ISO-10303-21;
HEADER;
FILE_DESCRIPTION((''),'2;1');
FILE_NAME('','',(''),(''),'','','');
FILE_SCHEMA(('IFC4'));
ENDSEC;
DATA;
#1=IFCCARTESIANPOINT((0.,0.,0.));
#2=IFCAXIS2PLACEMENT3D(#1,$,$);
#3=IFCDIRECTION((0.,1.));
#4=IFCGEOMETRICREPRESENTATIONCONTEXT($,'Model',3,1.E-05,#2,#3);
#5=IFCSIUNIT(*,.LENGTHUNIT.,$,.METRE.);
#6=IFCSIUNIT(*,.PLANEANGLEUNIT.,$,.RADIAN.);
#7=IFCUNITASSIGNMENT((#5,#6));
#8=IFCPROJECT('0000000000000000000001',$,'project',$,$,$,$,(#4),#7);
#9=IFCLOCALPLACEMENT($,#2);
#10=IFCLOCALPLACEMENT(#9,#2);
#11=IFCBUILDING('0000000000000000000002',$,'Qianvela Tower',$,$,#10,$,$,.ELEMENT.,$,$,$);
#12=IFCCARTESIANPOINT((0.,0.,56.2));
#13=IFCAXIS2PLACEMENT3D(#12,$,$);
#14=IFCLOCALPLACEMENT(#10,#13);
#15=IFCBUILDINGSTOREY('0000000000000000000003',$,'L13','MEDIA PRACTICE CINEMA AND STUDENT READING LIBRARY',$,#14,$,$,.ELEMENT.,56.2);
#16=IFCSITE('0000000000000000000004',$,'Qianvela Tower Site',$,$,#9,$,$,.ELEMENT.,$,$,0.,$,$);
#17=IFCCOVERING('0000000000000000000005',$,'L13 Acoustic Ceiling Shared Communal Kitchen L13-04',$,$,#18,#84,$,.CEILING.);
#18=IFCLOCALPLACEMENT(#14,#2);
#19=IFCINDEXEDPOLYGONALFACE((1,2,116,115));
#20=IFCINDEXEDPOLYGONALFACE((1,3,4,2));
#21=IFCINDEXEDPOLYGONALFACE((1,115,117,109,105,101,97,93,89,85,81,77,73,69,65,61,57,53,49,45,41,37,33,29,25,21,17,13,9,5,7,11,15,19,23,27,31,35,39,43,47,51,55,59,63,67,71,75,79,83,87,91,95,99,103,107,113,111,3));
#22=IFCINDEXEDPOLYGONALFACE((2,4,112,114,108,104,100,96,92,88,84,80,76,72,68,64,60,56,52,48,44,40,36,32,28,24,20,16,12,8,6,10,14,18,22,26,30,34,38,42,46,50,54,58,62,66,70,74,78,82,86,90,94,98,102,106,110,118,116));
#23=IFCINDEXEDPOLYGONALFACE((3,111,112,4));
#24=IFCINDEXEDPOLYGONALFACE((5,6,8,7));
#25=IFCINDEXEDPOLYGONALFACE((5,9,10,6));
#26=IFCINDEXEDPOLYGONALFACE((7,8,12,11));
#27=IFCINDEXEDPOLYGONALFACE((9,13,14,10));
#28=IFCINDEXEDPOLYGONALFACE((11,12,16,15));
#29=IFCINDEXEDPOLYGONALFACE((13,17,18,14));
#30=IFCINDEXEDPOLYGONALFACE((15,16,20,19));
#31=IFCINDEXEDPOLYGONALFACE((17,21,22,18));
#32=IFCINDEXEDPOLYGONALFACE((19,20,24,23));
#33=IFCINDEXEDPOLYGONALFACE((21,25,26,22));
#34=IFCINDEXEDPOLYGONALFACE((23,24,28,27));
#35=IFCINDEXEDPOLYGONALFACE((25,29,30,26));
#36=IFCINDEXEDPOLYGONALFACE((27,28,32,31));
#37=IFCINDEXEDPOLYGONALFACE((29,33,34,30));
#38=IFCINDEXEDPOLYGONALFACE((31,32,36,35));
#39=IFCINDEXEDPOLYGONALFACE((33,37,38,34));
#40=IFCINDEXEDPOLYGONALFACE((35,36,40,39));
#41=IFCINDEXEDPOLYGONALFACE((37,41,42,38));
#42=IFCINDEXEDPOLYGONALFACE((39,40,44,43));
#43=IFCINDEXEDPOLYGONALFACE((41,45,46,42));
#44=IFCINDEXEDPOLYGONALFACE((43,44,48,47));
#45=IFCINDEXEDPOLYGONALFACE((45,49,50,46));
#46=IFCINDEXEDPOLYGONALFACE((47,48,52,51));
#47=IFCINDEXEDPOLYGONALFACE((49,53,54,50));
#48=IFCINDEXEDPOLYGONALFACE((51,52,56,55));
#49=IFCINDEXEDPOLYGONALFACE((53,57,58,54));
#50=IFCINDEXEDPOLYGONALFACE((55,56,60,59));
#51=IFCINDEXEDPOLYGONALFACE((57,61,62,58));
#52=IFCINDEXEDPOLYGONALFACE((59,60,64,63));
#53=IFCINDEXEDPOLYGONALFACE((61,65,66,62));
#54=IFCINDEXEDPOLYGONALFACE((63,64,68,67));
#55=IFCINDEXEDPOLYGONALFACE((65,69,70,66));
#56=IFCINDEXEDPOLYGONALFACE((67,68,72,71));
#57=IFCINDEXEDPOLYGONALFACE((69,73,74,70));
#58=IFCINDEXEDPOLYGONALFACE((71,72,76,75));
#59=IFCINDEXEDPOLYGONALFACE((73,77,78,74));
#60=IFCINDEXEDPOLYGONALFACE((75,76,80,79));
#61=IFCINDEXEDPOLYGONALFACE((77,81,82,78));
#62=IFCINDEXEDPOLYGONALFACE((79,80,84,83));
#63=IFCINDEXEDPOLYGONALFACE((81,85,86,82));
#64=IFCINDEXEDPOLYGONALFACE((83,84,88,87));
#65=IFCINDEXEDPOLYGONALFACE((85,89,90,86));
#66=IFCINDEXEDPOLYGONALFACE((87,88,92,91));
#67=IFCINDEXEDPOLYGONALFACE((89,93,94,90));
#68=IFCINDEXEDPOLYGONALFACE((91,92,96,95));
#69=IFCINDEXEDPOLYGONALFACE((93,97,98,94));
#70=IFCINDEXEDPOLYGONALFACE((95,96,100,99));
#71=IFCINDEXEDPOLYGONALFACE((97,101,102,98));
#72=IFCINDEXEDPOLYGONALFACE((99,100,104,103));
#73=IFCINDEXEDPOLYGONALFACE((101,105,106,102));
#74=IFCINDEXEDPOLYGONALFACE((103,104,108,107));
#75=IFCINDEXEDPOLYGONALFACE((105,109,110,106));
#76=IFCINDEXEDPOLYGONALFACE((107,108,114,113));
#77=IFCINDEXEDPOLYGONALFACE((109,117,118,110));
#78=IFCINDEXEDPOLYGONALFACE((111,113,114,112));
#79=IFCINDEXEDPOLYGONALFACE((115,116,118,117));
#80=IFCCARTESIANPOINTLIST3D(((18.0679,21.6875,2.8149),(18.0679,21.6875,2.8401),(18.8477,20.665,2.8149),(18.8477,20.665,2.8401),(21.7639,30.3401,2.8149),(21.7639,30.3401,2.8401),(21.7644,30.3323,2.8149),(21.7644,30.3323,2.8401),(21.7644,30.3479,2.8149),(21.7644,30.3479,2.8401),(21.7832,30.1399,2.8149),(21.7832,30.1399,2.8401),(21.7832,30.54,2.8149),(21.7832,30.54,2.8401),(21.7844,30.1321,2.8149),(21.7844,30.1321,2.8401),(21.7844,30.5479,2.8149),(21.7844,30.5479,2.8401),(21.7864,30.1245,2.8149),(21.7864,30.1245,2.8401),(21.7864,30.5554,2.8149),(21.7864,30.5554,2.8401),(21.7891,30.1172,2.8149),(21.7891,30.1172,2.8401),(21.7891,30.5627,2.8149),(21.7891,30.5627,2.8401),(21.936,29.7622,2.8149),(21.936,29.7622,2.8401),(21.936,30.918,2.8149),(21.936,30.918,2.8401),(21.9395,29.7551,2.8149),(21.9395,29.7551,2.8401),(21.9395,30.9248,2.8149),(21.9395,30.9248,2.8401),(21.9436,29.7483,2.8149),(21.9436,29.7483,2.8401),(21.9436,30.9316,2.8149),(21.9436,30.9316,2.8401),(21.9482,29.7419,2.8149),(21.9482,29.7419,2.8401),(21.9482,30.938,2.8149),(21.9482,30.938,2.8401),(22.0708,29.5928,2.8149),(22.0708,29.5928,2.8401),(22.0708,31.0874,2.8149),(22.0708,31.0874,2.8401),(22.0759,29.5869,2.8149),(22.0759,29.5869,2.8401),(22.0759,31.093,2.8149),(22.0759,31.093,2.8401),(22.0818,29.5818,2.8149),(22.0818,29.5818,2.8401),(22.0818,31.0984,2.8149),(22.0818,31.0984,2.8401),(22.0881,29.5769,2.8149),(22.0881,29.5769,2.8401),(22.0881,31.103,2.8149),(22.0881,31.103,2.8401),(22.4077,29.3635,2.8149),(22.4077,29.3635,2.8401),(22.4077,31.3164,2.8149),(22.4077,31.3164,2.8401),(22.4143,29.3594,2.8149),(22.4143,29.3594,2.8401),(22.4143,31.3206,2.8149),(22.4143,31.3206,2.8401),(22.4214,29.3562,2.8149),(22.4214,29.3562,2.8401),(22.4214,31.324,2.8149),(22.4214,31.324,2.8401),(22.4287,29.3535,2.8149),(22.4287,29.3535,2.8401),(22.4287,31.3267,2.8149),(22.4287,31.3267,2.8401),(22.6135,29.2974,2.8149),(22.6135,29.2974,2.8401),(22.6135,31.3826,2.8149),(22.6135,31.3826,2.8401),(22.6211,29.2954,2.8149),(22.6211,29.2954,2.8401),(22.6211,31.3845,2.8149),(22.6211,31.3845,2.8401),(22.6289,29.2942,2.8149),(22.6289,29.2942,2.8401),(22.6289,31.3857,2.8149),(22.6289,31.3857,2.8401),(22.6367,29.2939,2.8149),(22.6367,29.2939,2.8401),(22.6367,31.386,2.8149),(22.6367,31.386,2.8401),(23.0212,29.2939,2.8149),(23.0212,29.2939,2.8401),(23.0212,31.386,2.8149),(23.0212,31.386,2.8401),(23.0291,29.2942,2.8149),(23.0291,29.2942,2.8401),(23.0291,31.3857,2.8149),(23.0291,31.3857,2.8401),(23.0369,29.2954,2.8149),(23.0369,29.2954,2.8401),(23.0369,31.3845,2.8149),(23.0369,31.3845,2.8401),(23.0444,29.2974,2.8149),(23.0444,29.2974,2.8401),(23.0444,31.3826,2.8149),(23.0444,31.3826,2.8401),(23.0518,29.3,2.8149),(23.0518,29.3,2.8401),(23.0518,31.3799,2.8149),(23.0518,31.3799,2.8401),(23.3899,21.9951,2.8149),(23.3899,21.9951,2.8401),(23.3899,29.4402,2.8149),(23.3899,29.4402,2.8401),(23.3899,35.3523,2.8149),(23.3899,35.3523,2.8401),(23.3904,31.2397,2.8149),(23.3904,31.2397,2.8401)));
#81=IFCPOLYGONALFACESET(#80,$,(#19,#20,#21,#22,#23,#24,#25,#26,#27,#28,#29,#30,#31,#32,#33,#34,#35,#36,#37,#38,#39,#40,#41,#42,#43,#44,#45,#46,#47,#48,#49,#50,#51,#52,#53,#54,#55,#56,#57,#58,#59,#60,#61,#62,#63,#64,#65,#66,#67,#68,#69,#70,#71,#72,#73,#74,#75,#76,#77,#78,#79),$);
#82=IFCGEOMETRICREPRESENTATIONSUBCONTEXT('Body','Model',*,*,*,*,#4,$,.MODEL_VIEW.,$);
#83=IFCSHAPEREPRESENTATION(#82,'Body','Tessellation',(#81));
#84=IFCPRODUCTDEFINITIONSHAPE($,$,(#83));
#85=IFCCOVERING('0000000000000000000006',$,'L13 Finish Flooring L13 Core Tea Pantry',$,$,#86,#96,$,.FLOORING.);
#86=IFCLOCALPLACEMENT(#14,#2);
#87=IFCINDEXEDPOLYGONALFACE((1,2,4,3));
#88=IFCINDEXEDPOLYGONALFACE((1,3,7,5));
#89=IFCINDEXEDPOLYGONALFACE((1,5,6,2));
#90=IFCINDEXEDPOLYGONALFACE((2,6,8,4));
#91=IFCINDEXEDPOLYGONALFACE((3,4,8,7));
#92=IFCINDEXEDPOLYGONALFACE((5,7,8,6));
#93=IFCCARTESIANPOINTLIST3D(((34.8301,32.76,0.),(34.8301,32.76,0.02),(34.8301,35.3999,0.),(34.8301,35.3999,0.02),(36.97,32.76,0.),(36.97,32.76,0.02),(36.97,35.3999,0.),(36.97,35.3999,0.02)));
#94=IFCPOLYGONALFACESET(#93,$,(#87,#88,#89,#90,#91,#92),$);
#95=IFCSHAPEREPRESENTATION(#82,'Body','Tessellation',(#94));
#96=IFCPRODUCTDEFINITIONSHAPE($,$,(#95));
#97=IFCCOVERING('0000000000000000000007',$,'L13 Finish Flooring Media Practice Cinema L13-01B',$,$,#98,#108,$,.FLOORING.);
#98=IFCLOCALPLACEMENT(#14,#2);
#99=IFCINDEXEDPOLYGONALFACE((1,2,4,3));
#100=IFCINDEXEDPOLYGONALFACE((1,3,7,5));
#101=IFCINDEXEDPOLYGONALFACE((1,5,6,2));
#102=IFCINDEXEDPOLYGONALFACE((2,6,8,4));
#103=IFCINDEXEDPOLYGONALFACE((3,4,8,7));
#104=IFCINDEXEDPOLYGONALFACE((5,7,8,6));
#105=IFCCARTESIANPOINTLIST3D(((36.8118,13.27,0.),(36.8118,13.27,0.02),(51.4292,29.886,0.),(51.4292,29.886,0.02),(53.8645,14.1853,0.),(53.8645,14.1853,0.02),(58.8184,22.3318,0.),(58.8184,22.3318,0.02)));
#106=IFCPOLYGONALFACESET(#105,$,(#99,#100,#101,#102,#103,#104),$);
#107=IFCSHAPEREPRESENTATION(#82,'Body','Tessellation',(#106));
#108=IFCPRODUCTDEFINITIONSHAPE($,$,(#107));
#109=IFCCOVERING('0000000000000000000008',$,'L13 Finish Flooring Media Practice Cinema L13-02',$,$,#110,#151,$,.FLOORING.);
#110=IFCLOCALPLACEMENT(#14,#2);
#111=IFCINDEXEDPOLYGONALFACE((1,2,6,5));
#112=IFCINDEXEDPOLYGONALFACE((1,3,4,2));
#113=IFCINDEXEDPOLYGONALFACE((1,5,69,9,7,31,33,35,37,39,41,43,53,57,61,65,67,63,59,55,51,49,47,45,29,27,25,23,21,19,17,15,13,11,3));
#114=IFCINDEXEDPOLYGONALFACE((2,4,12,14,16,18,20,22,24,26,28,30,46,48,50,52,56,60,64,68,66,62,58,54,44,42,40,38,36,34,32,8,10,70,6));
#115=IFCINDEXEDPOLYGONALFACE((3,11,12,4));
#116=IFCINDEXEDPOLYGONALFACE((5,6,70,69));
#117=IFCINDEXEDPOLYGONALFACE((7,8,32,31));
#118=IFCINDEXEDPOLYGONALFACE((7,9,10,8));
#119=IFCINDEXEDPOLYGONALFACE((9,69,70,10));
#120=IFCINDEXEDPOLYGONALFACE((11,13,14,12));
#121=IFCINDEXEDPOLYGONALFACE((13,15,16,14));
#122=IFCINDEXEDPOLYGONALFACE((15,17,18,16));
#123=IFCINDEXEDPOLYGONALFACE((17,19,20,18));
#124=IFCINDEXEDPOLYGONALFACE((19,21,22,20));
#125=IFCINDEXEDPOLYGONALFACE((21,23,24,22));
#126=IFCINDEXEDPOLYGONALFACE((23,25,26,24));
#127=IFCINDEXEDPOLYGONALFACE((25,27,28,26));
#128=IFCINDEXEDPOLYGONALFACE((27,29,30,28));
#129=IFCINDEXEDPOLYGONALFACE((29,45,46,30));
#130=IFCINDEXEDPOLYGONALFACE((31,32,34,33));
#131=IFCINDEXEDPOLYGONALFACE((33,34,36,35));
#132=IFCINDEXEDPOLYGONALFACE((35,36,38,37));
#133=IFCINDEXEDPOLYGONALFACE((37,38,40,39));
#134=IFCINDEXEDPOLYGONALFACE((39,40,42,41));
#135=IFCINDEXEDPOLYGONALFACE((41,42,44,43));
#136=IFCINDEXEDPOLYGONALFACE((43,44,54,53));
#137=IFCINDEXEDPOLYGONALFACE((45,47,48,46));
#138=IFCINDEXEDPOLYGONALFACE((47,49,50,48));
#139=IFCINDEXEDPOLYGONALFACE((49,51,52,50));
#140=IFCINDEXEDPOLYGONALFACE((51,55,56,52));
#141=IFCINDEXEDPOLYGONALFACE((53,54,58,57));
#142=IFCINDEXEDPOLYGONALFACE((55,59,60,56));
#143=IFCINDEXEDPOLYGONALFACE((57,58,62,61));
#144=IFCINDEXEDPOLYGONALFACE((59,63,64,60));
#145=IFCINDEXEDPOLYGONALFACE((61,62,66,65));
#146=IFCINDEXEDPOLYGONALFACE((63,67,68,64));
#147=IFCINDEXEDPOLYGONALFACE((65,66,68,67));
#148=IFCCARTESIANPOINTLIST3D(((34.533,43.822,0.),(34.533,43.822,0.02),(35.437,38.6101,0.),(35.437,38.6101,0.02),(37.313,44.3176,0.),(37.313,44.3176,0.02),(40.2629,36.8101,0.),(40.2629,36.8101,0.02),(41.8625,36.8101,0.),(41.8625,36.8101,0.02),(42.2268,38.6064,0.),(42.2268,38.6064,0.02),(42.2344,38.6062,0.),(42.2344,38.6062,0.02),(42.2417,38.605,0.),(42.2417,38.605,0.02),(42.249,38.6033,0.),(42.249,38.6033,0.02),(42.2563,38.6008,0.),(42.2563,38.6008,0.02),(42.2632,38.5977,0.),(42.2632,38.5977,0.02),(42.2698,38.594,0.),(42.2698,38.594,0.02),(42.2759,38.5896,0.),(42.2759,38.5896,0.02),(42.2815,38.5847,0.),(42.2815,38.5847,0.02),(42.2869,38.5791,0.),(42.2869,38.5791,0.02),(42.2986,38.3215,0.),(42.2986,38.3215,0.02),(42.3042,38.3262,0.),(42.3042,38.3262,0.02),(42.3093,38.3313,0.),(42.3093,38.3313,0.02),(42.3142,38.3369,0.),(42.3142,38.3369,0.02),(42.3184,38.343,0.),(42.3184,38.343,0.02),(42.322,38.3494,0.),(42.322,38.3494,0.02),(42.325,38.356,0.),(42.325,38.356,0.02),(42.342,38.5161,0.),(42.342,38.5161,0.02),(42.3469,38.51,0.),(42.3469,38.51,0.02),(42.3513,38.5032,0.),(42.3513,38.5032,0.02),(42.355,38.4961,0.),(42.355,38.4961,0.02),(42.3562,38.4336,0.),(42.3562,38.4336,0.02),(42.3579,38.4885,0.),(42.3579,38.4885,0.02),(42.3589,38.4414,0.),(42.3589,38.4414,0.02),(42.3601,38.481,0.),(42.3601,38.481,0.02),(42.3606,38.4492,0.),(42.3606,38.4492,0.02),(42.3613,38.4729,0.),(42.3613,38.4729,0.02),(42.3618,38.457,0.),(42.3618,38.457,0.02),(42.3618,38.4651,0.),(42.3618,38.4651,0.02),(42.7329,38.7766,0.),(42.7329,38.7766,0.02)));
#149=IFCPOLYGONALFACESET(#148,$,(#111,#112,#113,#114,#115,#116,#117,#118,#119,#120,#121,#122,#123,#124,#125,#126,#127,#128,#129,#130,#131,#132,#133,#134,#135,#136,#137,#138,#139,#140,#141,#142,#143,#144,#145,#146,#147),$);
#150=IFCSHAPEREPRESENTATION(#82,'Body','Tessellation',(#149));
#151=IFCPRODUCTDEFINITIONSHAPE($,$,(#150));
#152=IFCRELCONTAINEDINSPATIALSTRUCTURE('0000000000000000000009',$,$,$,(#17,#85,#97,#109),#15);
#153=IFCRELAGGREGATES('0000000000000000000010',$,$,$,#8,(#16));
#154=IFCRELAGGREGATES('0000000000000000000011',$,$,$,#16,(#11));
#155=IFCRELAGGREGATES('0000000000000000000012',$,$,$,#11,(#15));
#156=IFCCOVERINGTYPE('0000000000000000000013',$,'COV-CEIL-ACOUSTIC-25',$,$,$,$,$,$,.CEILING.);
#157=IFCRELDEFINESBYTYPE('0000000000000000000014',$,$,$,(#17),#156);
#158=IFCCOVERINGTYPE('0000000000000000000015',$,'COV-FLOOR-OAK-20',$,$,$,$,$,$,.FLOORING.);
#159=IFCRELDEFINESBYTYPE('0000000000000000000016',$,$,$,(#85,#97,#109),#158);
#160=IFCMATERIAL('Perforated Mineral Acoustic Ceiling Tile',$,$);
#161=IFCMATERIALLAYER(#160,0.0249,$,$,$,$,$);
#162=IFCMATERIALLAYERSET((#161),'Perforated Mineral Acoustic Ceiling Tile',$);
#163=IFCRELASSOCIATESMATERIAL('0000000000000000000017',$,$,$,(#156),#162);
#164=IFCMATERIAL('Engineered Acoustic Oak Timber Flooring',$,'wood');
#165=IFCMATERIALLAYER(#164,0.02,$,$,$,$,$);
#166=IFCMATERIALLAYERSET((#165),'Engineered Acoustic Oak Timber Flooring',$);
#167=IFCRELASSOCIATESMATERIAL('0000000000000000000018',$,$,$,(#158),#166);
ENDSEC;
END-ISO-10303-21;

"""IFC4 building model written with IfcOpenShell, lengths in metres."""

from ifc_helpers import new_model, si_unit, direction, frame, origin, place, context, subcontext, project, spatial, polyline, outline, extrude, material, layer, layer_set, type_object, element, save


model = new_model("IFC4")

# Units and contexts
model_context = context("Model", 3, precision=1e-05, world=origin(), true_north=direction((0.0, 1.0)))
body_context = subcontext(model_context, "Body", "Model", "MODEL_VIEW")
ifc_project = project(units=[si_unit("LENGTHUNIT", "METRE"), si_unit("PLANEANGLEUNIT", "RADIAN")], contexts=[model_context])

# Site, building, storey
site_placement = place(None, origin())
site = spatial("IfcSite", under=ifc_project, at=site_placement, Name="Qianvela Tower Site", CompositionType="ELEMENT", RefElevation=0.0)
building_placement = place(site_placement, origin())
building = spatial("IfcBuilding", under=site, at=building_placement, Name="Qianvela Tower", CompositionType="ELEMENT")
storey_placement = place(building_placement, frame((0.0, 0.0, 56.2)))
storey = spatial("IfcBuildingStorey", under=building, at=storey_placement, Name="L13", Description="MEDIA PRACTICE CINEMA AND STUDENT READING LIBRARY", CompositionType="ELEMENT", Elevation=56.2)

# Coverings
ifc_material_1 = material(Name="Perforated Mineral Acoustic Ceiling Tile")
ifc_layer_1 = layer(ifc_material_1, 0.0249)
ifc_layer_set_1 = layer_set([ifc_layer_1], Name="Perforated Mineral Acoustic Ceiling Tile")
covering_type_1 = type_object("IfcCoveringType", Name="COV-CEIL-ACOUSTIC-25", PredefinedType="CEILING", material=ifc_layer_set_1)
covering_1_placement = place(storey_placement, frame((0.0, 0.0, 2.8149)))
element("IfcCovering", 1, at=covering_1_placement, inside=storey, type_object=covering_type_1, Name="L13 Acoustic Ceiling Shared Communal Kitchen L13-04", PredefinedType="CEILING", context=body_context, shape_type="SweptSolid", body=[
    extrude(outline(polyline([(23.3899, 29.4402), (23.3899, 21.9951), (18.8477, 20.665), (18.0679, 21.6875), (23.3899, 35.3523), (23.3904, 31.2397), (23.0518, 31.3799), (23.0444, 31.3826), (23.0369, 31.3845), (23.0291, 31.3857), (23.0212, 31.386), (22.6367, 31.386), (22.6289, 31.3857), (22.6211, 31.3845), (22.6135, 31.3826), (22.4287, 31.3267), (22.4214, 31.324), (22.4143, 31.3206), (22.4077, 31.3164), (22.0881, 31.103), (22.0818, 31.0984), (22.0759, 31.093), (22.0708, 31.0874), (21.9482, 30.938), (21.9436, 30.9316), (21.9395, 30.9248), (21.936, 30.918), (21.7891, 30.5627), (21.7864, 30.5554), (21.7844, 30.5479), (21.7832, 30.54), (21.7644, 30.3479), (21.7639, 30.3401), (21.7644, 30.3323), (21.7832, 30.1399), (21.7844, 30.1321), (21.7864, 30.1245), (21.7891, 30.1172), (21.936, 29.7622), (21.9395, 29.7551), (21.9436, 29.7483), (21.9482, 29.7419), (22.0708, 29.5928), (22.0759, 29.5869), (22.0818, 29.5818), (22.0881, 29.5769), (22.4077, 29.3635), (22.4143, 29.3594), (22.4214, 29.3562), (22.4287, 29.3535), (22.6135, 29.2974), (22.6211, 29.2954), (22.6289, 29.2942), (22.6367, 29.2939), (23.0212, 29.2939), (23.0291, 29.2942), (23.0369, 29.2954), (23.0444, 29.2974), (23.0518, 29.3), (23.3899, 29.4402)])), origin(), (0.0, 0.0, 1.0), 0.0251),
])
ifc_material_2 = material(Name="Engineered Acoustic Oak Timber Flooring", Category="wood")
ifc_layer_2 = layer(ifc_material_2, 0.02)
ifc_layer_set_2 = layer_set([ifc_layer_2], Name="Engineered Acoustic Oak Timber Flooring")
covering_type_2 = type_object("IfcCoveringType", Name="COV-FLOOR-OAK-20", PredefinedType="FLOORING", material=ifc_layer_set_2)
covering_2_placement = place(storey_placement, origin())
element("IfcCovering", 2, at=covering_2_placement, inside=storey, type_object=covering_type_2, Name="L13 Finish Flooring L13 Core Tea Pantry", PredefinedType="FLOORING", context=body_context, shape_type="SweptSolid", body=[
    extrude(outline(polyline([(36.97, 32.76), (34.8301, 32.76), (34.8301, 35.3999), (36.97, 35.3999), (36.97, 32.76)])), origin(), (0.0, 0.0, 1.0), 0.02),
])
covering_3_placement = place(storey_placement, origin())
element("IfcCovering", 3, at=covering_3_placement, inside=storey, type_object=covering_type_2, Name="L13 Finish Flooring Media Practice Cinema L13-01B", PredefinedType="FLOORING", context=body_context, shape_type="SweptSolid", body=[
    extrude(outline(polyline([(53.8645, 14.1853), (36.8118, 13.27), (51.4292, 29.886), (58.8184, 22.3318), (53.8645, 14.1853)])), origin(), (0.0, 0.0, 1.0), 0.02),
])
covering_4_placement = place(storey_placement, origin())
element("IfcCovering", 4, at=covering_4_placement, inside=storey, type_object=covering_type_2, Name="L13 Finish Flooring Media Practice Cinema L13-02", PredefinedType="FLOORING", context=body_context, shape_type="SweptSolid", body=[
    extrude(outline(polyline([(34.533, 43.822), (37.313, 44.3176), (42.7329, 38.7766), (41.8625, 36.8101), (40.2629, 36.8101), (42.2986, 38.3215), (42.3042, 38.3262), (42.3093, 38.3313), (42.3142, 38.3369), (42.3184, 38.343), (42.322, 38.3494), (42.325, 38.356), (42.3562, 38.4336), (42.3589, 38.4414), (42.3606, 38.4492), (42.3618, 38.457), (42.3618, 38.4651), (42.3613, 38.4729), (42.3601, 38.481), (42.3579, 38.4885), (42.355, 38.4961), (42.3513, 38.5032), (42.3469, 38.51), (42.342, 38.5161), (42.2869, 38.5791), (42.2815, 38.5847), (42.2759, 38.5896), (42.2698, 38.594), (42.2632, 38.5977), (42.2563, 38.6008), (42.249, 38.6033), (42.2417, 38.605), (42.2344, 38.6062), (42.2268, 38.6064), (35.437, 38.6101), (34.533, 43.822)])), origin(), (0.0, 0.0, 1.0), 0.02),
])

save(model, "model.ifc")
